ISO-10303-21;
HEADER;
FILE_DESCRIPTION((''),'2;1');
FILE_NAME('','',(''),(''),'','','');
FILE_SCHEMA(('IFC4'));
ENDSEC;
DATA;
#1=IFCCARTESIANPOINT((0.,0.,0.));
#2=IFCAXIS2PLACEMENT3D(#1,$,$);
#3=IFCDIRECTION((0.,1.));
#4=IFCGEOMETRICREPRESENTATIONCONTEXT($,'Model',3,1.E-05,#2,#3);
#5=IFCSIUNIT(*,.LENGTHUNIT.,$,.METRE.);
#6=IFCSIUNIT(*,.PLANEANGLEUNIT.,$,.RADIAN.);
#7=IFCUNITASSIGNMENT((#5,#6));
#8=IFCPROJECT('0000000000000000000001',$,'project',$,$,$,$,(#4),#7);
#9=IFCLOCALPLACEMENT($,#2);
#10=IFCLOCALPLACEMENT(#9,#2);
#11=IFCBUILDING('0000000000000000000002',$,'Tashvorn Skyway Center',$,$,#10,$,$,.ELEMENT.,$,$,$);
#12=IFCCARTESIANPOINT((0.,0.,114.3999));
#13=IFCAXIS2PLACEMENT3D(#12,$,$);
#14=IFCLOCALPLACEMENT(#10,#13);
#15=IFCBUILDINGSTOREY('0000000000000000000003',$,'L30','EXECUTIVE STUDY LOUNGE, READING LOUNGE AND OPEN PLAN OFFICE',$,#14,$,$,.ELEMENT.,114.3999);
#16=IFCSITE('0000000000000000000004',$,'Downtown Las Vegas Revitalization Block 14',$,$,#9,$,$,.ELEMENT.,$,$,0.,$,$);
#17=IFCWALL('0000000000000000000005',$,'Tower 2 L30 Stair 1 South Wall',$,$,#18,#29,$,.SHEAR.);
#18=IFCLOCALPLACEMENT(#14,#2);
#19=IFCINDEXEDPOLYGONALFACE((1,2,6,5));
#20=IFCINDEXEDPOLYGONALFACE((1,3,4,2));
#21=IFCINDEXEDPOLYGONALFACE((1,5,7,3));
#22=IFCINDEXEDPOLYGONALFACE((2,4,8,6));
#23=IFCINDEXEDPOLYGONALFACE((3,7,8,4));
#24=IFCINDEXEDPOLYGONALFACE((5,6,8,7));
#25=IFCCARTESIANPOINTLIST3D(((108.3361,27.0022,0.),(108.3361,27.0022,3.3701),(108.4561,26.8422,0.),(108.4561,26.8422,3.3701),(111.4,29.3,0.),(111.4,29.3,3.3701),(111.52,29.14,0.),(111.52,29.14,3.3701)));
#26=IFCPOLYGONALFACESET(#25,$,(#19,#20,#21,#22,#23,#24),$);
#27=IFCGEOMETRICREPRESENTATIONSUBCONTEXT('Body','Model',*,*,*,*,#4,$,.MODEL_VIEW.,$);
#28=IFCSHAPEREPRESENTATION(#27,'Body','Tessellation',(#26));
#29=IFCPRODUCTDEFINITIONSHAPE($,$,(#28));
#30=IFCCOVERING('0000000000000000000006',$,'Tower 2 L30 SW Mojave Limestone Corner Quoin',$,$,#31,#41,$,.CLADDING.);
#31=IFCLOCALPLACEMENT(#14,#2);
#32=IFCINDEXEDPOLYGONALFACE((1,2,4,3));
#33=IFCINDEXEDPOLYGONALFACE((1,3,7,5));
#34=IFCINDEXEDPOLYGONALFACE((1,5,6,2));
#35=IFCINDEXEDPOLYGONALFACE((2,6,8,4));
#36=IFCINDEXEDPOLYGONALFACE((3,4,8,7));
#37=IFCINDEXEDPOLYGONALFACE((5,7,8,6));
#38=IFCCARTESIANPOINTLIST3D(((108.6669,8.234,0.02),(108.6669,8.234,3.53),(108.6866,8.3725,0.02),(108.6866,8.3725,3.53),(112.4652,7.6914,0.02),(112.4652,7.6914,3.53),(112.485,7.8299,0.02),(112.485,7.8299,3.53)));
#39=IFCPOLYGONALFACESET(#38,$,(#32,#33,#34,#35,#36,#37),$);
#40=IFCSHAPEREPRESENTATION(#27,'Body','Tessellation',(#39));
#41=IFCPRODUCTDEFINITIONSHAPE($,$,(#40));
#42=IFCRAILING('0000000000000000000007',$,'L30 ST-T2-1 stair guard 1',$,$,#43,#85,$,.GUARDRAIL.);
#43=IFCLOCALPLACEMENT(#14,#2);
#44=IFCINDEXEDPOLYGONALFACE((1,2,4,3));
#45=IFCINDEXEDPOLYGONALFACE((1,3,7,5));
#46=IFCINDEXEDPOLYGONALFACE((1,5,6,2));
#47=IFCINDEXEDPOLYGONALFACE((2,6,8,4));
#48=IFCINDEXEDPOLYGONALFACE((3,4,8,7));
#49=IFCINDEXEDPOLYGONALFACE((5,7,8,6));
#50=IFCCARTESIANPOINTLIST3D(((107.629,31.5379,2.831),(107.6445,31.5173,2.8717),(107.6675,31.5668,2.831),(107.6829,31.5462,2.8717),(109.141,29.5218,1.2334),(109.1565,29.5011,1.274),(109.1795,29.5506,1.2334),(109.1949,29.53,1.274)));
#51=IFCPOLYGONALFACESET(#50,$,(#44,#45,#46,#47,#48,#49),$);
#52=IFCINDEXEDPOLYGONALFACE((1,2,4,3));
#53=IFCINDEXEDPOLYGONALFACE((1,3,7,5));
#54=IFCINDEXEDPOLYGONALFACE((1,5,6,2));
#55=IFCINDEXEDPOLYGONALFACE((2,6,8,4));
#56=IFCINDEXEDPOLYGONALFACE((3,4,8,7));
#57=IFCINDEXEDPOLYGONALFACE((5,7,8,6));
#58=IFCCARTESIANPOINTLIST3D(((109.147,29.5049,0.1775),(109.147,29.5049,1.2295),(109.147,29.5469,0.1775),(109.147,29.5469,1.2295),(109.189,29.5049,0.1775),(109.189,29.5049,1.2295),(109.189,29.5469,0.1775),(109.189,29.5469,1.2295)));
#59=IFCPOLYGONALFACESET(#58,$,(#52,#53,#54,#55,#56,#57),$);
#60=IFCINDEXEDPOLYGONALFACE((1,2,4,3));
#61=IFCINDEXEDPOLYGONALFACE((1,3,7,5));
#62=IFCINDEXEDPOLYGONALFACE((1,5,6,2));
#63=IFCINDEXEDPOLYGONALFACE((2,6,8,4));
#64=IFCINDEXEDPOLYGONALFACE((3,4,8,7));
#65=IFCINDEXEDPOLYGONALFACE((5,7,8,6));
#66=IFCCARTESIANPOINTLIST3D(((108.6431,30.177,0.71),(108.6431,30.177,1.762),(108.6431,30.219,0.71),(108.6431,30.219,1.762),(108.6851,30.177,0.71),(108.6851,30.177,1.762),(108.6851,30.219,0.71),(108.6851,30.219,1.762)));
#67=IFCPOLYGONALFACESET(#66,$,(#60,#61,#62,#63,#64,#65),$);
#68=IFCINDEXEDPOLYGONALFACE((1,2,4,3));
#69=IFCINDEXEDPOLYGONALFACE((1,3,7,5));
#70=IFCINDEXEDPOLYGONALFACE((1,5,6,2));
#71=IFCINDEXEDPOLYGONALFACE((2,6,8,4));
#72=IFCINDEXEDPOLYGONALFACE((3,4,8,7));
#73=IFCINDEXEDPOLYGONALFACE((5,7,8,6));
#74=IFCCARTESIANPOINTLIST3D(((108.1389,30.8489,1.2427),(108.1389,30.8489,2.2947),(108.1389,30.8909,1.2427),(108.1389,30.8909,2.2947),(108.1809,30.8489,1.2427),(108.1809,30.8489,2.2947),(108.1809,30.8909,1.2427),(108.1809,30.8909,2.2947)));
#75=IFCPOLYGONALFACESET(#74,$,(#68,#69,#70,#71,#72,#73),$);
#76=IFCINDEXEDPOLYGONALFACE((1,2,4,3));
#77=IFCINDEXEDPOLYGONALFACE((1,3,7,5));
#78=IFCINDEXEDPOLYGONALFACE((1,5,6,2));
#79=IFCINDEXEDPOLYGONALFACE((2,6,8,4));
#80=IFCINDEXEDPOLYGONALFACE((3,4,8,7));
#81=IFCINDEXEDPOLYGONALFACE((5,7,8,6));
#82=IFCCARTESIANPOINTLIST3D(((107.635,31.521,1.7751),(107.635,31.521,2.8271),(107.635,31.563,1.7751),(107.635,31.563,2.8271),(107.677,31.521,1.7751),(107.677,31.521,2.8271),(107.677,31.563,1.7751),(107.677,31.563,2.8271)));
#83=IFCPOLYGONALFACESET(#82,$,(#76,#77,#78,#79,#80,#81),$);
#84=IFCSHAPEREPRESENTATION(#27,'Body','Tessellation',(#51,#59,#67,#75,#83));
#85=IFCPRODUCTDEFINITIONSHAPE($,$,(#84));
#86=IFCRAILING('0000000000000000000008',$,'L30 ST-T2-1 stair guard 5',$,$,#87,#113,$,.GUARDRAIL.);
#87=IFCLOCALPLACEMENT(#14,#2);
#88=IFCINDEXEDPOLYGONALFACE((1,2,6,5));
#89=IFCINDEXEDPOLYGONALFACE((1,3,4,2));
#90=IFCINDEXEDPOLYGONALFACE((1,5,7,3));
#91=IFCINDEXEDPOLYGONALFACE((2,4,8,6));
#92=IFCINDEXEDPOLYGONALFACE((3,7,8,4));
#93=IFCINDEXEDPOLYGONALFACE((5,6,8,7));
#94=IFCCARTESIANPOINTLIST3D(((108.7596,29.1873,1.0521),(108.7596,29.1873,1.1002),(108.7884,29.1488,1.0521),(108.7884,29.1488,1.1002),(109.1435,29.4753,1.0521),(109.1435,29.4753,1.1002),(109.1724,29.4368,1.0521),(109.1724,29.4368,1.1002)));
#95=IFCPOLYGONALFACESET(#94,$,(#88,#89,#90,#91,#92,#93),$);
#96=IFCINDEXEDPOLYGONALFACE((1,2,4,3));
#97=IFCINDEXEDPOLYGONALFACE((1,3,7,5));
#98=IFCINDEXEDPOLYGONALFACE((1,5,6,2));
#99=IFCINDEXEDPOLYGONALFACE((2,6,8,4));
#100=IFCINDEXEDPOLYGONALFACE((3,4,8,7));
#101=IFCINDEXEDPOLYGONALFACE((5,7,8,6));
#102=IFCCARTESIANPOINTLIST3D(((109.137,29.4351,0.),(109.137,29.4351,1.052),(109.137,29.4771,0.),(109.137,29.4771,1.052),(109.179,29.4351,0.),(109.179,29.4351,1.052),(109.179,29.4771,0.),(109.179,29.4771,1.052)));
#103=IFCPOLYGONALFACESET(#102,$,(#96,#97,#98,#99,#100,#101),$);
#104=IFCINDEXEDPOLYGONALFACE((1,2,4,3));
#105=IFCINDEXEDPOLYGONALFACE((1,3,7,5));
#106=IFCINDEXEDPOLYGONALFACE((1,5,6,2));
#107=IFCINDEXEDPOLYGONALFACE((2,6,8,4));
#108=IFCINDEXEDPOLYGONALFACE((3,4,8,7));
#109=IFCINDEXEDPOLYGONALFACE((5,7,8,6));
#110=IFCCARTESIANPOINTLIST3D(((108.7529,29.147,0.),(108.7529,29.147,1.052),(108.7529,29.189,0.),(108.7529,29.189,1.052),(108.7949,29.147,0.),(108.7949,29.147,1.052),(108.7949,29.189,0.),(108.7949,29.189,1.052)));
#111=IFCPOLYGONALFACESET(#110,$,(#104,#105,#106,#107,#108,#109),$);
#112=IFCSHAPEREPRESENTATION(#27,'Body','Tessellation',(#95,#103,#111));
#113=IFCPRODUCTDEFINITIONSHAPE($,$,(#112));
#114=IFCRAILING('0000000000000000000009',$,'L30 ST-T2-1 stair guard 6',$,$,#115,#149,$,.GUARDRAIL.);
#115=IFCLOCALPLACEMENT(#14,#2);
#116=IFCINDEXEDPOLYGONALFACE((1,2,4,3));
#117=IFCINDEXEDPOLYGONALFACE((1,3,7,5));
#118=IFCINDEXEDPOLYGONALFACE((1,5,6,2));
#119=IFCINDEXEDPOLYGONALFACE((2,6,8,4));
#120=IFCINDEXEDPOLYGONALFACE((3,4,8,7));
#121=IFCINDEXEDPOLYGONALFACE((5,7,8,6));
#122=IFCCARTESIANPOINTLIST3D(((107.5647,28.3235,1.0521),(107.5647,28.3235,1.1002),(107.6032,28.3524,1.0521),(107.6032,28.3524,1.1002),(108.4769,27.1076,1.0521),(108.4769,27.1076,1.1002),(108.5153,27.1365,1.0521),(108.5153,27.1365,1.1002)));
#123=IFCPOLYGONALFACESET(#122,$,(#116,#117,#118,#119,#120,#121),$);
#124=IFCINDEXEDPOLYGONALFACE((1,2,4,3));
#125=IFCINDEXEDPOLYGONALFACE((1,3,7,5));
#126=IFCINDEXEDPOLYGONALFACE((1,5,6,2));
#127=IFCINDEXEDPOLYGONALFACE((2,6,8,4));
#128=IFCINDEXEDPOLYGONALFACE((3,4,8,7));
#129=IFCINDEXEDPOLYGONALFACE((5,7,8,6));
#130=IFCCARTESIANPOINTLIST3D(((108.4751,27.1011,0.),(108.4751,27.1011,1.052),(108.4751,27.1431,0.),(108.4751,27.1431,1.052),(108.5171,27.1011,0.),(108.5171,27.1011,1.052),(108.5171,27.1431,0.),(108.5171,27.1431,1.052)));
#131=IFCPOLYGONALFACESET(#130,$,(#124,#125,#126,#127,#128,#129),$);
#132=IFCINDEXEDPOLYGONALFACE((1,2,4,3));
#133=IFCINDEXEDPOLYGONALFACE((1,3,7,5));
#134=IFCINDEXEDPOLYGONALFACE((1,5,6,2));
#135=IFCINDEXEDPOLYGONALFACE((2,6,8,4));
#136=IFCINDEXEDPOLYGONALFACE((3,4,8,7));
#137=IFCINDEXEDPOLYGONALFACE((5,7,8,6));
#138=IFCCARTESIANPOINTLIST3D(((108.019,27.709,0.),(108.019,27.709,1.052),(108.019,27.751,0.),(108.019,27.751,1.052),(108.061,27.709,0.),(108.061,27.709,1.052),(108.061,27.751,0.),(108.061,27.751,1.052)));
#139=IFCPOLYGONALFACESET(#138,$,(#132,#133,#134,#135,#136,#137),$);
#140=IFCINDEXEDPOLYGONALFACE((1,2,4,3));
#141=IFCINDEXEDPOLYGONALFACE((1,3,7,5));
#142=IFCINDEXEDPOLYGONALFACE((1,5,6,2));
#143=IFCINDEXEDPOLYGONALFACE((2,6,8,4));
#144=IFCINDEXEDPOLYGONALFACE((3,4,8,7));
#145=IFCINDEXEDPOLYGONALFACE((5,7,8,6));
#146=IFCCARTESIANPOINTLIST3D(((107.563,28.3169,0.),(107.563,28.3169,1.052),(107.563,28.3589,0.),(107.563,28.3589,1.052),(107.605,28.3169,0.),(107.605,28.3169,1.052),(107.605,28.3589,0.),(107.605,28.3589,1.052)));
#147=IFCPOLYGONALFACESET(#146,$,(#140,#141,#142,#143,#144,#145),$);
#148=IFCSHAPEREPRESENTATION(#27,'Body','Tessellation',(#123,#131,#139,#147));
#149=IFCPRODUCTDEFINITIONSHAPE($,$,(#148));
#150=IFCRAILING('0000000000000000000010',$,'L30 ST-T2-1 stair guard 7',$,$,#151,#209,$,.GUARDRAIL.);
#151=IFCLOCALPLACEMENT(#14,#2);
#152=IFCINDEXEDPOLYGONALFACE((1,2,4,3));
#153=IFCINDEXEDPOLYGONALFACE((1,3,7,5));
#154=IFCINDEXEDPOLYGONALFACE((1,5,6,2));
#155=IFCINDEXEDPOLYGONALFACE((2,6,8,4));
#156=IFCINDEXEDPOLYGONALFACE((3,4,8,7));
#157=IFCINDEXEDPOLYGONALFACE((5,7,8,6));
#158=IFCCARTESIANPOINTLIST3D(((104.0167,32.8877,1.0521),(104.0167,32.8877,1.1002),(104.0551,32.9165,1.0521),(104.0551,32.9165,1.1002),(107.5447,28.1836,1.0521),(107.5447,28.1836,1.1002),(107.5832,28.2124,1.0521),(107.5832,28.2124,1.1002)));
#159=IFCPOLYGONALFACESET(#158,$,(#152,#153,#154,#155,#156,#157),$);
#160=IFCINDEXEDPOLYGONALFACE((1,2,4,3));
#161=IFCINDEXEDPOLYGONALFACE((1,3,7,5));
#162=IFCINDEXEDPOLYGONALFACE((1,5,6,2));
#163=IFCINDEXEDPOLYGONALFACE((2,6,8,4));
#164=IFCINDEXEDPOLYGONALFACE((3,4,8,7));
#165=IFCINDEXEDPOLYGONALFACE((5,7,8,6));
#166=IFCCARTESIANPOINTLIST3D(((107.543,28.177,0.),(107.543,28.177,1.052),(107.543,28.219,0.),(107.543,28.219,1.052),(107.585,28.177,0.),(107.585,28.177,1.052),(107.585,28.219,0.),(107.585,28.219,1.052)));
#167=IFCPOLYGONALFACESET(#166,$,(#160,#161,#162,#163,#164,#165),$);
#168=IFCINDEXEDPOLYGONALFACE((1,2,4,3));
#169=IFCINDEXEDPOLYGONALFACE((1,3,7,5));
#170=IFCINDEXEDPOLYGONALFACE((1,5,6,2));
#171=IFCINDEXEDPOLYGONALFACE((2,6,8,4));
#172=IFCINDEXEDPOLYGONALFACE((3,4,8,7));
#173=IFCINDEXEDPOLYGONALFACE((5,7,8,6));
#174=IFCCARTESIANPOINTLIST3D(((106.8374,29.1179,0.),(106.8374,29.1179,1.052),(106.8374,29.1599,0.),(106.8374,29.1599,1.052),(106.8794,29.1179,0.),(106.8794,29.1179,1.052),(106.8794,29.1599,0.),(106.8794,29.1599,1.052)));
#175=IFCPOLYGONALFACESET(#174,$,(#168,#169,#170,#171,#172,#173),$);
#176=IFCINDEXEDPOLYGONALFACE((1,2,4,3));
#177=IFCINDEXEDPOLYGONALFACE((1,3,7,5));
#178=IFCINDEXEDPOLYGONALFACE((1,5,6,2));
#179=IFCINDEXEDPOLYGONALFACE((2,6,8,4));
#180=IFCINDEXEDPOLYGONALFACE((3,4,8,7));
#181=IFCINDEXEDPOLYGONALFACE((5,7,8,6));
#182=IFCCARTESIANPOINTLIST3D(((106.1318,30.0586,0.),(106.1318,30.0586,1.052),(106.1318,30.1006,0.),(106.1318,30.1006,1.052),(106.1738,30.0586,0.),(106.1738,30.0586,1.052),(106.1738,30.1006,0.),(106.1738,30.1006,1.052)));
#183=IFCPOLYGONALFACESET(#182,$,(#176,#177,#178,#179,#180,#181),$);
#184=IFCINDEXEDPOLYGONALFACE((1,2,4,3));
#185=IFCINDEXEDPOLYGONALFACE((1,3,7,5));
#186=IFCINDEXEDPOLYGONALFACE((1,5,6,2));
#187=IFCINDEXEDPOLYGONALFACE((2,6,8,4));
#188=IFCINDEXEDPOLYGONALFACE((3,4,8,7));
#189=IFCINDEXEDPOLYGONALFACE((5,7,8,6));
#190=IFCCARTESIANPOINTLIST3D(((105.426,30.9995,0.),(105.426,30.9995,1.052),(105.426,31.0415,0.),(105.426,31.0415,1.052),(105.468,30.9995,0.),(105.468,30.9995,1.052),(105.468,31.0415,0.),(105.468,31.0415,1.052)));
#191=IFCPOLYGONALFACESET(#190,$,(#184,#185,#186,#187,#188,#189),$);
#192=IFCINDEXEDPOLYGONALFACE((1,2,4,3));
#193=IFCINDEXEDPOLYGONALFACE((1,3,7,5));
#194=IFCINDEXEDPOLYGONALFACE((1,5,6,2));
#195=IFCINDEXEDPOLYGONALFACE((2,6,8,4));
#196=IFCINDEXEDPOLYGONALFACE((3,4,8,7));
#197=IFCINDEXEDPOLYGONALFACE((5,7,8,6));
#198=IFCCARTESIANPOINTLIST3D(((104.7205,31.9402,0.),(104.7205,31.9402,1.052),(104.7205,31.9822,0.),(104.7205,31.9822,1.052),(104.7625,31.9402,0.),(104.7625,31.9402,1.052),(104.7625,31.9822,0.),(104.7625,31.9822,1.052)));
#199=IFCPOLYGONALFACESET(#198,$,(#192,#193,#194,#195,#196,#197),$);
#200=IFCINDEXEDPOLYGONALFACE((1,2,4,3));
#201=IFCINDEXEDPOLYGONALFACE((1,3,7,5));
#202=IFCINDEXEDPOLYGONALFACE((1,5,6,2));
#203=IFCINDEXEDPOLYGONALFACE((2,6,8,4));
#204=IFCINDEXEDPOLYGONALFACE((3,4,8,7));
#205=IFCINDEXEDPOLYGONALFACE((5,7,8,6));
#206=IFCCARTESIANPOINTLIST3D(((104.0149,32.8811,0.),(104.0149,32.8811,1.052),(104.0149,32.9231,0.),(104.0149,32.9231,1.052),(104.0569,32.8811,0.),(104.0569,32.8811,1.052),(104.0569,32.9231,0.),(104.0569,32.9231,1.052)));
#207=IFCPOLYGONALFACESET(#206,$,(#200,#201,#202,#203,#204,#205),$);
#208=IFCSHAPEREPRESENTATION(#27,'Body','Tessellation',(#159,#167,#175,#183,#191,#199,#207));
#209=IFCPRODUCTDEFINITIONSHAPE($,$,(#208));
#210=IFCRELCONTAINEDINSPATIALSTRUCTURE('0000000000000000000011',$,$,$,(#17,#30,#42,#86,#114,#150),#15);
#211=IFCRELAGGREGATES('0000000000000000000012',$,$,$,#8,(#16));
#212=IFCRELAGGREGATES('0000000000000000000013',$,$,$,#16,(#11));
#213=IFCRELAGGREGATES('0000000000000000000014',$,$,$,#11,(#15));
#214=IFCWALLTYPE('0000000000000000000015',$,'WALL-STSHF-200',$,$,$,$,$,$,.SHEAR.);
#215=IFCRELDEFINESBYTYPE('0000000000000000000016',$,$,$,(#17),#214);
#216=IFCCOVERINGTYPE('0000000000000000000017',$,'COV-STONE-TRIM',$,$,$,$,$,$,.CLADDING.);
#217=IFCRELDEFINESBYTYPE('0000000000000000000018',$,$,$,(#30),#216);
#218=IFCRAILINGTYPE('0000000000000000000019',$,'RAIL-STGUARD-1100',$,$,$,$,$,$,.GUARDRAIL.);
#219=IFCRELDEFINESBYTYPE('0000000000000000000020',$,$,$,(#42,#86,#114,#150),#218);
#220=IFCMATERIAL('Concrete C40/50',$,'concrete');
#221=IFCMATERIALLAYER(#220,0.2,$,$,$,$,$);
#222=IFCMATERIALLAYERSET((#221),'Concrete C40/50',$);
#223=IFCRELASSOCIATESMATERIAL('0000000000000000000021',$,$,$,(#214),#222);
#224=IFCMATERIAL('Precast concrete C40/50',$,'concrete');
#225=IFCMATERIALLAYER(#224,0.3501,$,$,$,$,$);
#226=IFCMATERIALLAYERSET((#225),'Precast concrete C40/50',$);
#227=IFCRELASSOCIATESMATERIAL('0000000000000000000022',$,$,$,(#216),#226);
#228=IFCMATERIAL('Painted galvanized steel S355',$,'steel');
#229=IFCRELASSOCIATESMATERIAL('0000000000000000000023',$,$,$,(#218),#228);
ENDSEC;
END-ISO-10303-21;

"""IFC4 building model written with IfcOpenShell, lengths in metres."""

from ifc_helpers import new_model, si_unit, direction, frame, frame_2d, origin, origin_2d, place, context, subcontext, project, spatial, rectangle, extrude, material, layer, layer_set, type_object, element, save


model = new_model("IFC4")

# Units and contexts
model_context = context("Model", 3, precision=1e-05, world=origin(), true_north=direction((0.0, 1.0)))
body_context = subcontext(model_context, "Body", "Model", "MODEL_VIEW")
ifc_project = project(units=[si_unit("LENGTHUNIT", "METRE"), si_unit("PLANEANGLEUNIT", "RADIAN")], contexts=[model_context])

# Site, building, storey
site_placement = place(None, origin())
site = spatial("IfcSite", under=ifc_project, at=site_placement, Name="Downtown Las Vegas Revitalization Block 14", CompositionType="ELEMENT", RefElevation=0.0)
building_placement = place(site_placement, origin())
building = spatial("IfcBuilding", under=site, at=building_placement, Name="Tashvorn Skyway Center", CompositionType="ELEMENT")
storey_placement = place(building_placement, frame((0.0, 0.0, 114.3999)))
storey = spatial("IfcBuildingStorey", under=building, at=storey_placement, Name="L30", Description="EXECUTIVE STUDY LOUNGE, READING LOUNGE AND OPEN PLAN OFFICE", CompositionType="ELEMENT", Elevation=114.3999)

# Shared definitions
ifc_material_1 = material(Name="Precast concrete C40/50", Category="concrete")

# Shared definitions
ifc_material_2 = material(Name="Concrete C40/50", Category="concrete")

# Shared definitions
ifc_layer_1 = layer(ifc_material_2, 0.2)
ifc_layer_set_1 = layer_set([ifc_layer_1], Name="Concrete C40/50")
wall_type_1 = type_object("IfcWallType", Name="WALL-STSHF-200", PredefinedType="SHEAR", material=ifc_layer_set_1)

# Wall
wall_1_placement = place(storey_placement, frame((108.396, 26.9221, 0.0), z_axis=(0.0, 0.0, 1.0), x_axis=(0.800015, 0.59998, 0.0)))
element("IfcWall", 1, at=wall_1_placement, inside=storey, type_object=wall_type_1, Name="Tower 2 L30 Stair 1 South Wall", PredefinedType="SHEAR", context=body_context, shape_type="SweptSolid", body=[
    extrude(rectangle(XDim=3.8298, YDim=0.2, at=frame_2d((1.915, 0.0))), origin(), (0.0, 0.0, 1.0), 3.3701),
])

# Covering
ifc_layer_2 = layer(ifc_material_1, 0.3501)
ifc_layer_set_2 = layer_set([ifc_layer_2], Name="Precast concrete C40/50")
covering_type = type_object("IfcCoveringType", Name="COV-STONE-TRIM", PredefinedType="CLADDING", material=ifc_layer_set_2)
covering_placement = place(storey_placement, frame((110.5759, 8.032, 0.02), z_axis=(0.0, 0.0, 1.0), x_axis=(-0.989949, 0.141421, 0.0)))
element("IfcCovering", 2, at=covering_placement, inside=storey, type_object=covering_type, Name="Tower 2 L30 SW Mojave Limestone Corner Quoin", PredefinedType="CLADDING", context=body_context, shape_type="SweptSolid", body=[
    extrude(rectangle(XDim=3.8369, YDim=0.1399, at=origin_2d()), origin(), (0.0, 0.0, 1.0), 3.51),
])

# Railings
ifc_material_3 = material(Name="Painted galvanized steel S355", Category="steel")
railing_type = type_object("IfcRailingType", Name="RAIL-STGUARD-1100", PredefinedType="GUARDRAIL", material=ifc_material_3)
railing_1_placement = place(storey_placement, frame((109.168, 29.5259, 0.1775)))
element("IfcRailing", 3, at=railing_1_placement, inside=storey, type_object=railing_type, Name="L30 ST-T2-1 stair guard 1", PredefinedType="GUARDRAIL", context=body_context, shape_type="SweptSolid", body=[
    extrude(rectangle(XDim=0.0481, YDim=0.0481, at=origin_2d()), frame((0.0, 0.0, 1.0762), z_axis=(-0.506719, 0.675679, 0.535438), x_axis=(-0.800023, -0.599969, 0.0)), (0.0, 0.0, 1.0), 2.9839),
    extrude(rectangle(XDim=0.042, YDim=0.042, at=origin_2d()), origin(), (0.0, 0.0, 1.0), 1.052),
    extrude(rectangle(XDim=0.042, YDim=0.042, at=origin_2d()), frame((-0.5039, 0.6721, 0.5325)), (0.0, 0.0, 1.0), 1.052),
    extrude(rectangle(XDim=0.042, YDim=0.042, at=origin_2d()), frame((-1.0081, 1.344, 1.0652)), (0.0, 0.0, 1.0), 1.052),
    extrude(rectangle(XDim=0.042, YDim=0.042, at=origin_2d()), frame((-1.512, 2.0161, 1.5977)), (0.0, 0.0, 1.0), 1.052),
])
railing_2_placement = place(storey_placement, frame((109.158, 29.4561, 0.0)))
element("IfcRailing", 4, at=railing_2_placement, inside=storey, type_object=railing_type, Name="L30 ST-T2-1 stair guard 5", PredefinedType="GUARDRAIL", context=body_context, shape_type="SweptSolid", body=[
    extrude(rectangle(XDim=0.0481, YDim=0.0481, at=origin_2d()), frame((0.0, 0.0, 1.0762), z_axis=(-0.799939, -0.600081, 0.0), x_axis=(0.600081, -0.799939, 0.0)), (0.0, 0.0, 1.0), 0.48),
    extrude(rectangle(XDim=0.042, YDim=0.042, at=origin_2d()), origin(), (0.0, 0.0, 1.0), 1.052),
    extrude(rectangle(XDim=0.042, YDim=0.042, at=origin_2d()), frame((-0.384, -0.2881, 0.0)), (0.0, 0.0, 1.0), 1.052),
])
railing_3_placement = place(storey_placement, frame((108.4961, 27.1221, 0.0)))
element("IfcRailing", 5, at=railing_3_placement, inside=storey, type_object=railing_type, Name="L30 ST-T2-1 stair guard 6", PredefinedType="GUARDRAIL", context=body_context, shape_type="SweptSolid", body=[
    extrude(rectangle(XDim=0.0481, YDim=0.0481, at=origin_2d()), frame((0.0, 0.0, 1.0762), z_axis=(-0.600103, 0.799923, 0.0), x_axis=(-0.799923, -0.600103, 0.0)), (0.0, 0.0, 1.0), 1.52),
    extrude(rectangle(XDim=0.042, YDim=0.042, at=origin_2d()), origin(), (0.0, 0.0, 1.0), 1.052),
    extrude(rectangle(XDim=0.042, YDim=0.042, at=origin_2d()), frame((-0.4561, 0.6079, 0.0)), (0.0, 0.0, 1.0), 1.052),
    extrude(rectangle(XDim=0.042, YDim=0.042, at=origin_2d()), frame((-0.9121, 1.2158, 0.0)), (0.0, 0.0, 1.0), 1.052),
])
railing_4_placement = place(storey_placement, frame((107.564, 28.198, 0.0)))
element("IfcRailing", 6, at=railing_4_placement, inside=storey, type_object=railing_type, Name="L30 ST-T2-1 stair guard 7", PredefinedType="GUARDRAIL", context=body_context, shape_type="SweptSolid", body=[
    extrude(rectangle(XDim=0.0481, YDim=0.0481, at=origin_2d()), frame((0.0, 0.0, 1.0762), z_axis=(-0.6, 0.8, 0.0), x_axis=(-0.8, -0.6, 0.0)), (0.0, 0.0, 1.0), 5.8801),
    extrude(rectangle(XDim=0.042, YDim=0.042, at=origin_2d()), origin(), (0.0, 0.0, 1.0), 1.052),
    extrude(rectangle(XDim=0.042, YDim=0.042, at=origin_2d()), frame((-0.7056, 0.9409, 0.0)), (0.0, 0.0, 1.0), 1.052),
    extrude(rectangle(XDim=0.042, YDim=0.042, at=origin_2d()), frame((-1.4111, 1.8816, 0.0)), (0.0, 0.0, 1.0), 1.052),
    extrude(rectangle(XDim=0.042, YDim=0.042, at=origin_2d()), frame((-2.1169, 2.8225, 0.0)), (0.0, 0.0, 1.0), 1.052),
    extrude(rectangle(XDim=0.042, YDim=0.042, at=origin_2d()), frame((-2.8225, 3.7632, 0.0)), (0.0, 0.0, 1.0), 1.052),
    extrude(rectangle(XDim=0.042, YDim=0.042, at=origin_2d()), frame((-3.5281, 4.7041, 0.0)), (0.0, 0.0, 1.0), 1.052),
])

save(model, "model.ifc")
